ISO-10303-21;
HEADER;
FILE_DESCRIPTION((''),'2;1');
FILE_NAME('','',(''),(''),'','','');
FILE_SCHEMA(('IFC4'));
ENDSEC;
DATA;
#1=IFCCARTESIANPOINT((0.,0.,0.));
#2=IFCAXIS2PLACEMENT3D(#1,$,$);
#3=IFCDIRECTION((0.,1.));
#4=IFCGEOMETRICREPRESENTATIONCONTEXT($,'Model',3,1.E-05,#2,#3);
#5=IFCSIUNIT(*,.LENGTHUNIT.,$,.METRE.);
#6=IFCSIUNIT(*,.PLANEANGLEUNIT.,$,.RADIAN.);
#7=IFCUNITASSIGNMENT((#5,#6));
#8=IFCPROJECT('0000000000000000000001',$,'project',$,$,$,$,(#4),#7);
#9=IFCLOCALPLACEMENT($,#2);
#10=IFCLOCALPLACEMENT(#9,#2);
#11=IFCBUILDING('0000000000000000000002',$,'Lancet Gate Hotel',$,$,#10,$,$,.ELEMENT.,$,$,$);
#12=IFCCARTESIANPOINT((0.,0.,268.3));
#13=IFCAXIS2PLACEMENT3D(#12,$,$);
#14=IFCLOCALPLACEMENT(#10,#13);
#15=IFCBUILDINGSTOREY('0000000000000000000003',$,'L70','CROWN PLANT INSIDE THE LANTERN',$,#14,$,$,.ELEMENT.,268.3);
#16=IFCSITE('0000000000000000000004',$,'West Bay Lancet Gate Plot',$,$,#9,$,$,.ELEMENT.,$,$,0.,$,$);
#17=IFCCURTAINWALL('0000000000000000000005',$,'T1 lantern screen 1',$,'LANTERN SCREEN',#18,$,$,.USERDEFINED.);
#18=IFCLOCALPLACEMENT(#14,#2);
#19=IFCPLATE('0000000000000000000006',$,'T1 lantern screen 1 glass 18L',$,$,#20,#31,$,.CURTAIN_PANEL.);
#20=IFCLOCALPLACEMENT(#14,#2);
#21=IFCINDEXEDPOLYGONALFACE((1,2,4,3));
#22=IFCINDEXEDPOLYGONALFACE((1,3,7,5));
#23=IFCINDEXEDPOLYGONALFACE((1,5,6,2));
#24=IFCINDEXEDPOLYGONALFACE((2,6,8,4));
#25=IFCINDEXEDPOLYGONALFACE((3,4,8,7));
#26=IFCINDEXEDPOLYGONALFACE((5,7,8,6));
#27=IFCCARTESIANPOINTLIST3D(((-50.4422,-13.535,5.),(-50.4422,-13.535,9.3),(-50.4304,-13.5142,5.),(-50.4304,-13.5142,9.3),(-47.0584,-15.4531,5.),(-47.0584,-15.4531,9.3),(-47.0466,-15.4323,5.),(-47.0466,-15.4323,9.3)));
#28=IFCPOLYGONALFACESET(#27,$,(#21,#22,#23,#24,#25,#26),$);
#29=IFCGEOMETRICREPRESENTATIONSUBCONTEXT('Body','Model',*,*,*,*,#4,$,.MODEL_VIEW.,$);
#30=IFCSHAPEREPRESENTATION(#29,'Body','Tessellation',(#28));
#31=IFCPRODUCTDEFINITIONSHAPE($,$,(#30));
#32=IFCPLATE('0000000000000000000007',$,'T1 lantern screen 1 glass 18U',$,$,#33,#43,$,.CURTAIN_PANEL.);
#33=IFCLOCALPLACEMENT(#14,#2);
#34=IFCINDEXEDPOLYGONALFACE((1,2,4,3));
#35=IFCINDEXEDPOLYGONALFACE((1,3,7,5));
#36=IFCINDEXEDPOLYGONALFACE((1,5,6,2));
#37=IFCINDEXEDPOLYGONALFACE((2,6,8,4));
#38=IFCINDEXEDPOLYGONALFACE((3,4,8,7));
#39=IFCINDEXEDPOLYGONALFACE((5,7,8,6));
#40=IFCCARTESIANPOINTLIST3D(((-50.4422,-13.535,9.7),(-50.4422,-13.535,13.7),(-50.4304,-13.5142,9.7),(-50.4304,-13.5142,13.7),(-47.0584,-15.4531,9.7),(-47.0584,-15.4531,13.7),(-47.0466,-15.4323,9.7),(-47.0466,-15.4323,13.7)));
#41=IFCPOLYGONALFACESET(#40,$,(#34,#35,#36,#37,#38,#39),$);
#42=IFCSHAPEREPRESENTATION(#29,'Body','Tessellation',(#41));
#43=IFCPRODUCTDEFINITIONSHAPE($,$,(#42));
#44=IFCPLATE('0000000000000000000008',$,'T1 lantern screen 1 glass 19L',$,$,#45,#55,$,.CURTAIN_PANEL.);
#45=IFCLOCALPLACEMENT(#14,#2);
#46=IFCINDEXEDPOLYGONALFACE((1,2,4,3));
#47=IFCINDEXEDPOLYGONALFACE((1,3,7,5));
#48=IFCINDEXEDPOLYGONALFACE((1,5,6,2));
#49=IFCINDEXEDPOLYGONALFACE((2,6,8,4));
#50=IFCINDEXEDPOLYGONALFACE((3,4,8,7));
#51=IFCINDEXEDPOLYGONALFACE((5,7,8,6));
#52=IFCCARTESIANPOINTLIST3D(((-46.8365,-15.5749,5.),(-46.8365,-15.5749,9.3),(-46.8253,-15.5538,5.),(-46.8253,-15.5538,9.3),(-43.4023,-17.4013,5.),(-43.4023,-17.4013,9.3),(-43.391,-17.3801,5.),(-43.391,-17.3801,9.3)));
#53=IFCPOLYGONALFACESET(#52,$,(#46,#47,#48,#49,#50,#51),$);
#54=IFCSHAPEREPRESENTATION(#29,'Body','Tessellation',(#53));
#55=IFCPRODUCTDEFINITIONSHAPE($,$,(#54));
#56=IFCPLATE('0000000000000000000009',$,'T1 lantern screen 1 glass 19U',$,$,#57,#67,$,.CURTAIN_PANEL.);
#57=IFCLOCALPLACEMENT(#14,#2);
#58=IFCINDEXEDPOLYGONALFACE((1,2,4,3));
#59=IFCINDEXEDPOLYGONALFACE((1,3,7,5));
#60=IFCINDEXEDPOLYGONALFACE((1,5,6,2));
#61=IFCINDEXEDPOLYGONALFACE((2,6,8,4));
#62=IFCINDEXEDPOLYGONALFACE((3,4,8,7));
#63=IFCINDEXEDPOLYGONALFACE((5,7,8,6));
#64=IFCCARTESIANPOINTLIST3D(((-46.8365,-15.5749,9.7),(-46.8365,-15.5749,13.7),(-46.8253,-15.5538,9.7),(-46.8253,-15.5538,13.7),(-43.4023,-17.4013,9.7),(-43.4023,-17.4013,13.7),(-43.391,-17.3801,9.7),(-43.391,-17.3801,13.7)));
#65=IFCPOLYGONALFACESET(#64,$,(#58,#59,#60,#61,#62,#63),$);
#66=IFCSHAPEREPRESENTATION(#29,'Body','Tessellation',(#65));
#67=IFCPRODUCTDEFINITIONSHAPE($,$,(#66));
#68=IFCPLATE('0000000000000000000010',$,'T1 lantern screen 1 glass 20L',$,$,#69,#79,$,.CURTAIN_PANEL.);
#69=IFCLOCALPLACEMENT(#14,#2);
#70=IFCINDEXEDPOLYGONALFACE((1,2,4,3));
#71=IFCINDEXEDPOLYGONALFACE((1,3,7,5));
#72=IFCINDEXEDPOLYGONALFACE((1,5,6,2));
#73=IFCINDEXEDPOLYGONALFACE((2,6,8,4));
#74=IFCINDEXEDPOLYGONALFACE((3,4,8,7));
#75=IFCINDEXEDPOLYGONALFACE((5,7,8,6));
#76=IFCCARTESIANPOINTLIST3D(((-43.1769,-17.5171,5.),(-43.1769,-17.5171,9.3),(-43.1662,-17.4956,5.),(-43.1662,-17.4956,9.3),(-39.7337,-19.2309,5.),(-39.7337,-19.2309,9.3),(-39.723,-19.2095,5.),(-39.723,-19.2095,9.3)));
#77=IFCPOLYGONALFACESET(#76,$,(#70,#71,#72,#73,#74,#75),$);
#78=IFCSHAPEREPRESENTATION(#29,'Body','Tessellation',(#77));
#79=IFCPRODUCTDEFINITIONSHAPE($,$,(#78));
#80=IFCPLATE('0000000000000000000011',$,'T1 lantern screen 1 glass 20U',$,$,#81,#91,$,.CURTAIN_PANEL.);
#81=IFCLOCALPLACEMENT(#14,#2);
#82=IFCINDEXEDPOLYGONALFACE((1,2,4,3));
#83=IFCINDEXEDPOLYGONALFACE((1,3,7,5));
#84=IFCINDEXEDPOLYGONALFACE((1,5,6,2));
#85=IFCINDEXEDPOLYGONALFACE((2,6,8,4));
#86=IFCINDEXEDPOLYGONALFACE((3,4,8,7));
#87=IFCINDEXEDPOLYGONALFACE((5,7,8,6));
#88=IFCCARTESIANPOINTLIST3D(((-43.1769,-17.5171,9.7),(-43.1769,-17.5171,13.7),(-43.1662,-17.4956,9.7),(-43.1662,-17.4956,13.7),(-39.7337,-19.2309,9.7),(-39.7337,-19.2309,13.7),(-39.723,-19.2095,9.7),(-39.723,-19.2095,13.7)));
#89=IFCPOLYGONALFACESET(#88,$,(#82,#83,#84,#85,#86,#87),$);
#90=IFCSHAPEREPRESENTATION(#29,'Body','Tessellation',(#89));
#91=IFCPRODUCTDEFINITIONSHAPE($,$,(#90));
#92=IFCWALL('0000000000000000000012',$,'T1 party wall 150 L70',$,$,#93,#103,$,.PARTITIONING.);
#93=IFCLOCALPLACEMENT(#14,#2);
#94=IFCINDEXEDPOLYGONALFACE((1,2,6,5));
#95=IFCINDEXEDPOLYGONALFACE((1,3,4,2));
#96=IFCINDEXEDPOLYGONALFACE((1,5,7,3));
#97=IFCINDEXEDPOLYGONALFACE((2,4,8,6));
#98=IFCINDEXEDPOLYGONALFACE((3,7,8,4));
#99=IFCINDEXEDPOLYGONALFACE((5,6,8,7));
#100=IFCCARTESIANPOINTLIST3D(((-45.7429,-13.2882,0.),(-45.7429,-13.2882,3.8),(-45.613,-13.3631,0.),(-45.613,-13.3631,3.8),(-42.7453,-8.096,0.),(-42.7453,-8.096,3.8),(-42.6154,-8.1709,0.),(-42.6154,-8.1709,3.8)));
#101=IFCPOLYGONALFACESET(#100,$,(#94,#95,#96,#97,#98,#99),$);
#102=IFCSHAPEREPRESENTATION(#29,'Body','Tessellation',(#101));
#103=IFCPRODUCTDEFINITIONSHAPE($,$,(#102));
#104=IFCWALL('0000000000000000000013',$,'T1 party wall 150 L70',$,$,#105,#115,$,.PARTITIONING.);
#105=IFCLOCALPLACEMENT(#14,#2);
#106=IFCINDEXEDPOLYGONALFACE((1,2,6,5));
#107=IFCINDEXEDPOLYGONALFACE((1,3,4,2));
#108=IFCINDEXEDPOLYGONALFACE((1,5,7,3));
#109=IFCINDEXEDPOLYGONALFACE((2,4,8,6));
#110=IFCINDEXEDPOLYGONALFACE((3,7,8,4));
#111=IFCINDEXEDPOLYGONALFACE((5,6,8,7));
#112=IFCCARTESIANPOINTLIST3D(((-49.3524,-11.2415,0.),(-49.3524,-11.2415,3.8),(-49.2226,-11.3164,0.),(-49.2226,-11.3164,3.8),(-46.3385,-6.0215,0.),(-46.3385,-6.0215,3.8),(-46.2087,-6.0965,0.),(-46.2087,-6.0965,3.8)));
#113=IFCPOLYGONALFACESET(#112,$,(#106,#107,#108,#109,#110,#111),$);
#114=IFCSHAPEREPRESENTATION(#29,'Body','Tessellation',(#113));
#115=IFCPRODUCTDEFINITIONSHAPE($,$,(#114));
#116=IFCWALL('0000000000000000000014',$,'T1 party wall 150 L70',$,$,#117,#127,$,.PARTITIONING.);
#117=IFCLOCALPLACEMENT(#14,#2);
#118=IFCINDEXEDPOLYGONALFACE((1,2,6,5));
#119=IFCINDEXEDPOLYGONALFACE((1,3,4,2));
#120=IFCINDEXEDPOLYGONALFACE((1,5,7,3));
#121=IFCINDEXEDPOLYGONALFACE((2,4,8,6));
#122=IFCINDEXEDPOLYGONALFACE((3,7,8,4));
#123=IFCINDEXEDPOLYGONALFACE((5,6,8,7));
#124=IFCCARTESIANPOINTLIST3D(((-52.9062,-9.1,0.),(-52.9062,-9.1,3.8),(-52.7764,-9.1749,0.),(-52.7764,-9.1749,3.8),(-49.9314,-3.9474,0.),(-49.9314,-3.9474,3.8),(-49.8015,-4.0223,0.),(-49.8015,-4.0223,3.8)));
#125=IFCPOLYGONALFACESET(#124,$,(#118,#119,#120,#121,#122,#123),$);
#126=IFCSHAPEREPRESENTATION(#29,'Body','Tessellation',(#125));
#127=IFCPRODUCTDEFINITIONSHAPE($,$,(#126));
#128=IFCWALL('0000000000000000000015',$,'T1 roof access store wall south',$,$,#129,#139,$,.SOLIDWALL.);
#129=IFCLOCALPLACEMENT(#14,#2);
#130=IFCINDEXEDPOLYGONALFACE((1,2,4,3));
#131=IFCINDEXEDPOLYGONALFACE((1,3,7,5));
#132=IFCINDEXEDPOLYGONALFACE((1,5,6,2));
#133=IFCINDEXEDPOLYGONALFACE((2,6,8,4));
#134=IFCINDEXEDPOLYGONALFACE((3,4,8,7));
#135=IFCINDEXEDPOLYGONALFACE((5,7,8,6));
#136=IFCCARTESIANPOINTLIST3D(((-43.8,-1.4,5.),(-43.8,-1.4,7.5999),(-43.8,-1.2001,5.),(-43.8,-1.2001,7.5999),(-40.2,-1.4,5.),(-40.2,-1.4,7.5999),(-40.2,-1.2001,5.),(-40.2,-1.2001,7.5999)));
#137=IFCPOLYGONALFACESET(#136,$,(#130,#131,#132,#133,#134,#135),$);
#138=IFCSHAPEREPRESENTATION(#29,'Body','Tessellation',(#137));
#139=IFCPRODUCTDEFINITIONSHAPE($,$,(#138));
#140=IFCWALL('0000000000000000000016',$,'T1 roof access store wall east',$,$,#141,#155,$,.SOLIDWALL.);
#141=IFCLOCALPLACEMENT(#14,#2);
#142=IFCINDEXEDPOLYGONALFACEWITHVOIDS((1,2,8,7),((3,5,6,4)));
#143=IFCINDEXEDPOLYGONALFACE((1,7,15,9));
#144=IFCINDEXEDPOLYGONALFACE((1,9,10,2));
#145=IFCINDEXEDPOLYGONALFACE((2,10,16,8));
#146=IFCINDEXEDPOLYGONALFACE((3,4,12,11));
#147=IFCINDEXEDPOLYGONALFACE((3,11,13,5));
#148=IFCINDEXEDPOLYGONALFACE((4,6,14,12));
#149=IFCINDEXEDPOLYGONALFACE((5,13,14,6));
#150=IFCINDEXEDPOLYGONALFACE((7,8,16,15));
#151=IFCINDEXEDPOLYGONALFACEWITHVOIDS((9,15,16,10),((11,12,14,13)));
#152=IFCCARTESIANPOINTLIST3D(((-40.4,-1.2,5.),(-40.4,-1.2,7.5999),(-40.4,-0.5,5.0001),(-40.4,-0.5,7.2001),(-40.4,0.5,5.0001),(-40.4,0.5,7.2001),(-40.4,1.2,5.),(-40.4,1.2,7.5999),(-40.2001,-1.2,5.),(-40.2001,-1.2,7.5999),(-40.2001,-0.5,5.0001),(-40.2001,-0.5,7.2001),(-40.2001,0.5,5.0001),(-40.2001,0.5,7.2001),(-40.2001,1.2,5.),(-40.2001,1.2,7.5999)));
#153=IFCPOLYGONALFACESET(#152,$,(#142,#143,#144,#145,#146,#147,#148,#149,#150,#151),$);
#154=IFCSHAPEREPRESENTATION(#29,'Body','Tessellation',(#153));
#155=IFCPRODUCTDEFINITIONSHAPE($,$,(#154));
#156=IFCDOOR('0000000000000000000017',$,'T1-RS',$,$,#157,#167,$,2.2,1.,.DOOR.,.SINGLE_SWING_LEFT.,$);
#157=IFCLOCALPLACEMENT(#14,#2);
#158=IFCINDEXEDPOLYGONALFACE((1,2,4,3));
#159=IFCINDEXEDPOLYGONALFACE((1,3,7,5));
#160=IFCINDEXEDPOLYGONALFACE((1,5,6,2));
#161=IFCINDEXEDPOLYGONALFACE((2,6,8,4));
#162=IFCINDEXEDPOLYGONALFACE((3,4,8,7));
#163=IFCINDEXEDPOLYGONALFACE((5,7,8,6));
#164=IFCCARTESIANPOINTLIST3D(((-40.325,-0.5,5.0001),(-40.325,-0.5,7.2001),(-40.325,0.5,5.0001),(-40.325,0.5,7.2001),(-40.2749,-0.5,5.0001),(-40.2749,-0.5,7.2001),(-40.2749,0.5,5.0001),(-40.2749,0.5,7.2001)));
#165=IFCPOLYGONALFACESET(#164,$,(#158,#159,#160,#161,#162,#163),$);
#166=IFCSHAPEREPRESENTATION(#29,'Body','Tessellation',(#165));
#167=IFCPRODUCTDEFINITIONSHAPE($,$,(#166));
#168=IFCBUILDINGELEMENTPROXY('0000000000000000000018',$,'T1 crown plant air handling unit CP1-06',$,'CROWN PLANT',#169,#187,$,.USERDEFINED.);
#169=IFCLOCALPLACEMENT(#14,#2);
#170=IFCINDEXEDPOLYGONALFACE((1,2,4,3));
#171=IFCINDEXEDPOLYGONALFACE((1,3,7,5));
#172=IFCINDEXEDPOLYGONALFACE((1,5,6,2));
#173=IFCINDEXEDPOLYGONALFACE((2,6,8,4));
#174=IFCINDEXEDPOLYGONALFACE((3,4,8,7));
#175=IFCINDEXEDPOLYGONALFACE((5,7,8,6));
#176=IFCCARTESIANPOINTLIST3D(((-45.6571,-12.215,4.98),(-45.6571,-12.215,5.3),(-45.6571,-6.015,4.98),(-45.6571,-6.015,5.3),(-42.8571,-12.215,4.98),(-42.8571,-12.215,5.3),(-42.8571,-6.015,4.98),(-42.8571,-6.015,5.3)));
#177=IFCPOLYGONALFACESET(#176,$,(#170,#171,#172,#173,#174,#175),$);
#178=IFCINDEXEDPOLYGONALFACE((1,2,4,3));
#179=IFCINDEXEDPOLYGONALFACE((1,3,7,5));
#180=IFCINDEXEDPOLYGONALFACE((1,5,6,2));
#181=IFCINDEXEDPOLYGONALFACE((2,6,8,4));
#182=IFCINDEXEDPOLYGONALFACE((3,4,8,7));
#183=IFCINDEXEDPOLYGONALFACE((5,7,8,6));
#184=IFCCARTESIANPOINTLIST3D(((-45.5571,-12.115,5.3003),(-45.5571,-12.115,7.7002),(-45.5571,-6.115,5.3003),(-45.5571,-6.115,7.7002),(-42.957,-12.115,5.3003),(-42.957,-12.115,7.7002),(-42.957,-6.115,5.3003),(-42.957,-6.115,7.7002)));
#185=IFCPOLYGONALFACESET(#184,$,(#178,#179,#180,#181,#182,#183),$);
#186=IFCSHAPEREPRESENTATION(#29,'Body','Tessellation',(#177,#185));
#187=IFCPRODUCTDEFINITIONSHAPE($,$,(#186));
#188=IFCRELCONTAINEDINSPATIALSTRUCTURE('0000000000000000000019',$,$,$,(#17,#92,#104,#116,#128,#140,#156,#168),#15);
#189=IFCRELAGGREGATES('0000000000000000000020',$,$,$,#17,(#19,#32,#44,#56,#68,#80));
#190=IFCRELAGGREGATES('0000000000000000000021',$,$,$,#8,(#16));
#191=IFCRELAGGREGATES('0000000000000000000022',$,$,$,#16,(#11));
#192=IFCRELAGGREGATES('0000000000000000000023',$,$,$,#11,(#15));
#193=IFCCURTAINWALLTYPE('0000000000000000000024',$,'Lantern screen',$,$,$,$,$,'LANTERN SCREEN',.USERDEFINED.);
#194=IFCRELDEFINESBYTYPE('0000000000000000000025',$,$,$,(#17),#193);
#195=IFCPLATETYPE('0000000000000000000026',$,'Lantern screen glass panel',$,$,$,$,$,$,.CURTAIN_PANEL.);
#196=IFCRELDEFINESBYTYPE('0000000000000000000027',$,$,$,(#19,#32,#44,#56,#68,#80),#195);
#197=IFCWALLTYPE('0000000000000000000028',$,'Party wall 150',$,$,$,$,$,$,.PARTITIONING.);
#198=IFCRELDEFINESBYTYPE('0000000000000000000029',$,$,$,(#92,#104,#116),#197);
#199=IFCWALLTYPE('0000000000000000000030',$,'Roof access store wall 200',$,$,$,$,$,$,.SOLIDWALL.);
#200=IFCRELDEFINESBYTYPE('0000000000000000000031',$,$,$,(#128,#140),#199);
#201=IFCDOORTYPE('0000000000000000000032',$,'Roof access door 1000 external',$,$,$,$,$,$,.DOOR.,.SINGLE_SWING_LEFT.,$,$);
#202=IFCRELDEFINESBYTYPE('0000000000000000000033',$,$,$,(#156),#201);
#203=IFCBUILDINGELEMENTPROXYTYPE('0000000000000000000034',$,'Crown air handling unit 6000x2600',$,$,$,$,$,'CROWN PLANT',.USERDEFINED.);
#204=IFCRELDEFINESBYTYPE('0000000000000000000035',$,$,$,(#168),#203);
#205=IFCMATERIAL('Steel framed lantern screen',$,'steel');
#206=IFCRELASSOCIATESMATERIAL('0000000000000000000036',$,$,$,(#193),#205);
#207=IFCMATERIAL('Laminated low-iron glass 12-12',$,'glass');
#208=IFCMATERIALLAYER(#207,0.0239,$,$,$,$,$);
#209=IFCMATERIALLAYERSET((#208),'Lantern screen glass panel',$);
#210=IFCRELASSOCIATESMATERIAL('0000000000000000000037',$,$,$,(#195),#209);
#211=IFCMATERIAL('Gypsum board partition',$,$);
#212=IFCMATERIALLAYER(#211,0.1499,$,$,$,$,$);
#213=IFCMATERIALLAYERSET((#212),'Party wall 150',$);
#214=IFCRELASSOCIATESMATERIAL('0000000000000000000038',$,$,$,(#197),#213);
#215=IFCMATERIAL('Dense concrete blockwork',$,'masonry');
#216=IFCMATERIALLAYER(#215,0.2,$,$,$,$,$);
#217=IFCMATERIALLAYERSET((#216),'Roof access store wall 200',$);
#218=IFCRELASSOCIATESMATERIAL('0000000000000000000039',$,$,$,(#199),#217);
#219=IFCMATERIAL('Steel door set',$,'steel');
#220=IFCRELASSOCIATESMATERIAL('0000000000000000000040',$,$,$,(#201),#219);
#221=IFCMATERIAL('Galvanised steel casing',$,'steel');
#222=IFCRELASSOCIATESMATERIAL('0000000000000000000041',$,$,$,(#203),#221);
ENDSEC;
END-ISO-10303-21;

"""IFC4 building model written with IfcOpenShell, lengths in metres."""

from ifc_helpers import new_model, si_unit, direction, frame, frame_2d, origin, origin_2d, place, context, subcontext, project, spatial, rectangle, extrude, material, layer, layer_set, type_object, element, fill, aggregate, save


model = new_model("IFC4")

# Units and contexts
model_context = context("Model", 3, precision=1e-05, world=origin(), true_north=direction((0.0, 1.0)))
body_context = subcontext(model_context, "Body", "Model", "MODEL_VIEW")
ifc_project = project(units=[si_unit("LENGTHUNIT", "METRE"), si_unit("PLANEANGLEUNIT", "RADIAN")], contexts=[model_context])

# Site, building, storey
site_placement = place(None, origin())
site = spatial("IfcSite", under=ifc_project, at=site_placement, Name="West Bay Lancet Gate Plot", CompositionType="ELEMENT", RefElevation=0.0)
building_placement = place(site_placement, origin())
building = spatial("IfcBuilding", under=site, at=building_placement, Name="Lancet Gate Hotel", CompositionType="ELEMENT")
storey_placement = place(building_placement, frame((0.0, 0.0, 268.3)))
storey = spatial("IfcBuildingStorey", under=building, at=storey_placement, Name="L70", Description="CROWN PLANT INSIDE THE LANTERN", CompositionType="ELEMENT", Elevation=268.3)

# Curtain wall
ifc_material_1 = material(Name="Steel framed lantern screen", Category="steel")
curtain_wall_type_1 = type_object("IfcCurtainWallType", Name="Lantern screen", ElementType="LANTERN SCREEN", PredefinedType="USERDEFINED", material=ifc_material_1)
curtain_wall_1_placement = place(storey_placement, origin())
curtain_wall_1 = element("IfcCurtainWall", 1, at=curtain_wall_1_placement, inside=storey, type_object=curtain_wall_type_1, Name="T1 lantern screen 1", ObjectType="LANTERN SCREEN", PredefinedType="USERDEFINED")

# Plates
ifc_material_2 = material(Name="Laminated low-iron glass 12-12", Category="glass")
ifc_layer_1 = layer(ifc_material_2, 0.0239)
ifc_layer_set_1 = layer_set([ifc_layer_1], Name="Lantern screen glass panel")
plate_type_1 = type_object("IfcPlateType", Name="Lantern screen glass panel", PredefinedType="CURTAIN_PANEL", material=ifc_layer_set_1)
plate_1_placement = place(storey_placement, frame((-48.7444, -14.4836, 5.0), z_axis=(0.0, 0.0, 1.0), x_axis=(0.869958, -0.493126, 0.0)))
plate_1 = element("IfcPlate", 2, at=plate_1_placement, type_object=plate_type_1, Name="T1 lantern screen 1 glass 18L", PredefinedType="CURTAIN_PANEL", context=body_context, shape_type="SweptSolid", body=[
    extrude(rectangle(XDim=3.8896, YDim=0.0239, at=origin_2d()), origin(), (0.0, 0.0, 1.0), 4.3),
])
plate_2_placement = place(storey_placement, frame((-48.7444, -14.4836, 9.7), z_axis=(0.0, 0.0, 1.0), x_axis=(0.869958, -0.493126, 0.0)))
plate_2 = element("IfcPlate", 3, at=plate_2_placement, type_object=plate_type_1, Name="T1 lantern screen 1 glass 18U", PredefinedType="CURTAIN_PANEL", context=body_context, shape_type="SweptSolid", body=[
    extrude(rectangle(XDim=3.8896, YDim=0.0239, at=origin_2d()), origin(), (0.0, 0.0, 1.0), 4.0),
])
plate_3_placement = place(storey_placement, frame((-45.1138, -16.4775, 5.0), z_axis=(0.0, 0.0, 1.0), x_axis=(0.882916, -0.469531, 0.0)))
plate_3 = element("IfcPlate", 4, at=plate_3_placement, type_object=plate_type_1, Name="T1 lantern screen 1 glass 19L", PredefinedType="CURTAIN_PANEL", context=body_context, shape_type="SweptSolid", body=[
    extrude(rectangle(XDim=3.8896, YDim=0.0239, at=origin_2d()), origin(), (0.0, 0.0, 1.0), 4.3),
])
plate_4_placement = place(storey_placement, frame((-45.1138, -16.4775, 9.7), z_axis=(0.0, 0.0, 1.0), x_axis=(0.882916, -0.469531, 0.0)))
plate_4 = element("IfcPlate", 5, at=plate_4_placement, type_object=plate_type_1, Name="T1 lantern screen 1 glass 19U", PredefinedType="CURTAIN_PANEL", context=body_context, shape_type="SweptSolid", body=[
    extrude(rectangle(XDim=3.8896, YDim=0.0239, at=origin_2d()), origin(), (0.0, 0.0, 1.0), 4.0),
])
plate_5_placement = place(storey_placement, frame((-41.45, -18.3633, 5.0), z_axis=(0.0, 0.0, 1.0), x_axis=(0.895234, -0.445596, 0.0)))
plate_5 = element("IfcPlate", 6, at=plate_5_placement, type_object=plate_type_1, Name="T1 lantern screen 1 glass 20L", PredefinedType="CURTAIN_PANEL", context=body_context, shape_type="SweptSolid", body=[
    extrude(rectangle(XDim=3.8462, YDim=0.0239, at=origin_2d()), origin(), (0.0, 0.0, 1.0), 4.3),
])
plate_6_placement = place(storey_placement, frame((-41.45, -18.3633, 9.7), z_axis=(0.0, 0.0, 1.0), x_axis=(0.895234, -0.445596, 0.0)))
plate_6 = element("IfcPlate", 7, at=plate_6_placement, type_object=plate_type_1, Name="T1 lantern screen 1 glass 20U", PredefinedType="CURTAIN_PANEL", context=body_context, shape_type="SweptSolid", body=[
    extrude(rectangle(XDim=3.8462, YDim=0.0239, at=origin_2d()), origin(), (0.0, 0.0, 1.0), 4.0),
])
aggregate(curtain_wall_1, [plate_1, plate_2, plate_3, plate_4, plate_5, plate_6])

# Walls
ifc_material_3 = material(Name="Gypsum board partition")
ifc_layer_2 = layer(ifc_material_3, 0.1499)
ifc_layer_set_2 = layer_set([ifc_layer_2], Name="Party wall 150")
wall_type_1 = type_object("IfcWallType", Name="Party wall 150", PredefinedType="PARTITIONING", material=ifc_layer_set_2)
wall_1_placement = place(storey_placement, frame((-42.6804, -8.1335, 0.0), z_axis=(0.0, 0.0, 1.0), x_axis=(-0.499984, -0.866034, 0.0)))
element("IfcWall", 8, at=wall_1_placement, inside=storey, type_object=wall_type_1, Name="T1 party wall 150 L70", PredefinedType="PARTITIONING", context=body_context, shape_type="SweptSolid", body=[
    extrude(rectangle(XDim=5.9954, YDim=0.1499, at=frame_2d((2.9976, 0.0))), origin(), (0.0, 0.0, 1.0), 3.8),
])
wall_2_placement = place(storey_placement, frame((-46.2737, -6.0591, 0.0), z_axis=(0.0, 0.0, 1.0), x_axis=(-0.50002, -0.866014, 0.0)))
element("IfcWall", 9, at=wall_2_placement, inside=storey, type_object=wall_type_1, Name="T1 party wall 150 L70", PredefinedType="PARTITIONING", context=body_context, shape_type="SweptSolid", body=[
    extrude(rectangle(XDim=6.0276, YDim=0.1499, at=frame_2d((3.0137, 0.0))), origin(), (0.0, 0.0, 1.0), 3.8),
])
wall_3_placement = place(storey_placement, frame((-49.8665, -3.9849, 0.0), z_axis=(0.0, 0.0, 1.0), x_axis=(-0.500001, -0.866025, 0.0)))
element("IfcWall", 10, at=wall_3_placement, inside=storey, type_object=wall_type_1, Name="T1 party wall 150 L70", PredefinedType="PARTITIONING", context=body_context, shape_type="SweptSolid", body=[
    extrude(rectangle(XDim=5.9497, YDim=0.1499, at=frame_2d((2.9749, 0.0))), origin(), (0.0, 0.0, 1.0), 3.8),
])
ifc_material_4 = material(Name="Dense concrete blockwork", Category="masonry")
ifc_layer_3 = layer(ifc_material_4, 0.2)
ifc_layer_set_3 = layer_set([ifc_layer_3], Name="Roof access store wall 200")
wall_type_2 = type_object("IfcWallType", Name="Roof access store wall 200", PredefinedType="SOLIDWALL", material=ifc_layer_set_3)
wall_4_placement = place(storey_placement, frame((-43.8, -1.3, 5.0), z_axis=(0.0, 0.0, 1.0), x_axis=(1.0, 0.0, 0.0)))
element("IfcWall", 11, at=wall_4_placement, inside=storey, type_object=wall_type_2, Name="T1 roof access store wall south", PredefinedType="SOLIDWALL", context=body_context, shape_type="SweptSolid", body=[
    extrude(rectangle(XDim=3.6001, YDim=0.2, at=frame_2d((1.8, 0.0))), origin(), (0.0, 0.0, 1.0), 2.5999),
])

# Wall, opening, door
wall_5_placement = place(storey_placement, frame((-40.3, -1.2, 5.0), z_axis=(0.0, 0.0, 1.0), x_axis=(0.0, 1.0, 0.0)))
wall_5 = element("IfcWall", 12, at=wall_5_placement, inside=storey, type_object=wall_type_2, Name="T1 roof access store wall east", PredefinedType="SOLIDWALL", context=body_context, shape_type="SweptSolid", body=[
    extrude(rectangle(XDim=2.3999, YDim=0.2, at=frame_2d((1.2, 0.0))), origin(), (0.0, 0.0, 1.0), 2.5999),
])
opening_placement = place(wall_5_placement, frame((0.7, 0.0, 0.0)))
opening = element("IfcOpeningElement", 13, at=opening_placement, cuts=wall_5, PredefinedType="OPENING", context=body_context, shape_type="SweptSolid", body=[
    extrude(rectangle(XDim=1.0, YDim=2.2, at=frame_2d((0.5, 1.1001))), frame((0.0, 0.1099, 0.0), z_axis=(0.0, -1.0, 0.0), x_axis=(1.0, 0.0, 0.0)), (0.0, 0.0, 1.0), 0.22),
])
ifc_material_5 = material(Name="Steel door set", Category="steel")
door_type = type_object("IfcDoorType", Name="Roof access door 1000 external", OperationType="SINGLE_SWING_LEFT", PredefinedType="DOOR", material=ifc_material_5)
door_placement = place(opening_placement, origin())
door = element("IfcDoor", 14, at=door_placement, inside=storey, type_object=door_type, Name="T1-RS", OperationType="SINGLE_SWING_LEFT", OverallHeight=2.2, OverallWidth=1.0, PredefinedType="DOOR", context=body_context, shape_type="SweptSolid", body=[
    extrude(rectangle(XDim=1.0, YDim=2.2, at=frame_2d((0.5, 1.1001))), frame((0.0, 0.0249, 0.0), z_axis=(0.0, -1.0, 0.0), x_axis=(1.0, 0.0, 0.0)), (0.0, 0.0, 1.0), 0.05),
])
fill(opening, door)

# Building element proxy
ifc_material_6 = material(Name="Galvanised steel casing", Category="steel")
building_element_proxy_type_1 = type_object("IfcBuildingElementProxyType", Name="Crown air handling unit 6000x2600", ElementType="CROWN PLANT", PredefinedType="USERDEFINED", material=ifc_material_6)
proxy_1_placement = place(storey_placement, frame((-44.2571, -9.115, 4.98), z_axis=(0.0, 0.0, 1.0), x_axis=(1.0, 0.0, 0.0)))
element("IfcBuildingElementProxy", 15, at=proxy_1_placement, inside=storey, type_object=building_element_proxy_type_1, Name="T1 crown plant air handling unit CP1-06", ObjectType="CROWN PLANT", PredefinedType="USERDEFINED", context=body_context, shape_type="SweptSolid", body=[
    extrude(rectangle(XDim=6.2, YDim=2.8, at=origin_2d()), frame((0.0, 0.0, 0.0), z_axis=(0.0, 0.0, 1.0), x_axis=(0.0, 1.0, 0.0)), (0.0, 0.0, 1.0), 0.3201),
    extrude(rectangle(XDim=6.0, YDim=2.6001, at=origin_2d()), frame((0.0, 0.0, 0.3203), z_axis=(0.0, 0.0, 1.0), x_axis=(0.0, 1.0, 0.0)), (0.0, 0.0, 1.0), 2.3999),
])

save(model, "model.ifc")
